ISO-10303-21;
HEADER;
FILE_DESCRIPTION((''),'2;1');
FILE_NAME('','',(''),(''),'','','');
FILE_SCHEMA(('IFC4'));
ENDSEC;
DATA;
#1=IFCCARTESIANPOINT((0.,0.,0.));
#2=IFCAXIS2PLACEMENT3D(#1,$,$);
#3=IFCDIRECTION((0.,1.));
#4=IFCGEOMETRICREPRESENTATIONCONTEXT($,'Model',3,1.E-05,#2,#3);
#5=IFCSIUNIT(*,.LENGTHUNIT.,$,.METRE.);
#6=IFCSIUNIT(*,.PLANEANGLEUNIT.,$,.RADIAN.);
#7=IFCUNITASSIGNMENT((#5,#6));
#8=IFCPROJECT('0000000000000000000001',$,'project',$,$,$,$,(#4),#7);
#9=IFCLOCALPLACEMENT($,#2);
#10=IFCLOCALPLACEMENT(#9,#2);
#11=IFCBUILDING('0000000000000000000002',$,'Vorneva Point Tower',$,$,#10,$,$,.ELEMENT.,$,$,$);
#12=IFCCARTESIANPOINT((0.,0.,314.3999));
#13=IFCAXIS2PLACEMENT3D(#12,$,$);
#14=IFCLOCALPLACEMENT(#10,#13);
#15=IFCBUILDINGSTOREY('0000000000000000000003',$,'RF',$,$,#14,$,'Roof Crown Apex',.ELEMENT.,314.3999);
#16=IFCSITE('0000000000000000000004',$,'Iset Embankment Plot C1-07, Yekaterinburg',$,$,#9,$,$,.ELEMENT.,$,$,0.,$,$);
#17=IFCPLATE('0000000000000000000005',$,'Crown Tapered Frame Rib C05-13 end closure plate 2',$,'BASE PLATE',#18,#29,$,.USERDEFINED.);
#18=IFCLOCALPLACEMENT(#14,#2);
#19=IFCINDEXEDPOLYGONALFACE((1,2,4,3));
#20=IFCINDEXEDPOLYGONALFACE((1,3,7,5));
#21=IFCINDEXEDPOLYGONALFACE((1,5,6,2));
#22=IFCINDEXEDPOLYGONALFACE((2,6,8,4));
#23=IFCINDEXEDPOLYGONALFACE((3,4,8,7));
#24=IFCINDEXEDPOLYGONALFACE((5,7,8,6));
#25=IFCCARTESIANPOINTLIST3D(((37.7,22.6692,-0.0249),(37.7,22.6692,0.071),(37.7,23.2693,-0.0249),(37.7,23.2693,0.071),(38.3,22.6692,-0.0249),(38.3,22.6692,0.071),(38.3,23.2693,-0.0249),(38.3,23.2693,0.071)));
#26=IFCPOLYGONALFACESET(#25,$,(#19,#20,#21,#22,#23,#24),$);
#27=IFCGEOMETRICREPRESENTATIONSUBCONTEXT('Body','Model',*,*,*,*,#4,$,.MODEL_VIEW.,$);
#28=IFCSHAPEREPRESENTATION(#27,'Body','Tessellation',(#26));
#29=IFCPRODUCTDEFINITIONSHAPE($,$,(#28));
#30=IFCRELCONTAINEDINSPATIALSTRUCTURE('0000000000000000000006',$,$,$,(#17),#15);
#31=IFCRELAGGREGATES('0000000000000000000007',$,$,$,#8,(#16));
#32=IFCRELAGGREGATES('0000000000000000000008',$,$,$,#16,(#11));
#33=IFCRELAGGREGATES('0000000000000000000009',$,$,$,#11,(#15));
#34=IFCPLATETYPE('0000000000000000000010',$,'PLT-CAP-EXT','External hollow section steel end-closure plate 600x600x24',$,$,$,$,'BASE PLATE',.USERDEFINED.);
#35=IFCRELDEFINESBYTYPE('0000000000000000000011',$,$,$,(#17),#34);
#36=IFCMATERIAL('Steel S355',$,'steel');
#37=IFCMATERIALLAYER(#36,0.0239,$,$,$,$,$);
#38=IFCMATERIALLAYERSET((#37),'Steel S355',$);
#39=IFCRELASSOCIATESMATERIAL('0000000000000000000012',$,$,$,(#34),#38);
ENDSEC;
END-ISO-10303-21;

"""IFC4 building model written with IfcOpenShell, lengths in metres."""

from ifc_helpers import new_model, si_unit, direction, frame, origin, origin_2d, place, context, subcontext, project, spatial, rectangle, extrude, material, layer, layer_set, type_object, element, save


model = new_model("IFC4")

# Units and contexts
model_context = context("Model", 3, precision=1e-05, world=origin(), true_north=direction((0.0, 1.0)))
body_context = subcontext(model_context, "Body", "Model", "MODEL_VIEW")
ifc_project = project(units=[si_unit("LENGTHUNIT", "METRE"), si_unit("PLANEANGLEUNIT", "RADIAN")], contexts=[model_context])

# Site, building, storey
site_placement = place(None, origin())
site = spatial("IfcSite", under=ifc_project, at=site_placement, Name="Iset Embankment Plot C1-07, Yekaterinburg", CompositionType="ELEMENT", RefElevation=0.0)
building_placement = place(site_placement, origin())
building = spatial("IfcBuilding", under=site, at=building_placement, Name="Vorneva Point Tower", CompositionType="ELEMENT")
storey_placement = place(building_placement, frame((0.0, 0.0, 314.3999)))
storey = spatial("IfcBuildingStorey", under=building, at=storey_placement, Name="RF", LongName="Roof Crown Apex", CompositionType="ELEMENT", Elevation=314.3999)

# Shared definitions
ifc_material_1 = material(Name="Steel S355", Category="steel")

# Plate
ifc_layer_1 = layer(ifc_material_1, 0.0239)
ifc_layer_set_1 = layer_set([ifc_layer_1], Name="Steel S355")
plate_type_1 = type_object("IfcPlateType", Name="PLT-CAP-EXT", Description="External hollow section steel end-closure plate 600x600x24", ElementType="BASE PLATE", PredefinedType="USERDEFINED", material=ifc_layer_set_1)
for number, where, z_axis, x_axis, name in (
    (1, (38.0, 22.9692, -0.0249), (0.0, 0.0, 1.0), (0.0, 1.0, 0.0), "Crown Tapered Frame Rib C05-13 end closure plate 2"),
):
    element("IfcPlate", number, at=place(storey_placement, frame(where, z_axis=z_axis, x_axis=x_axis)), inside=storey, type_object=plate_type_1, Name=name, ObjectType="BASE PLATE", PredefinedType="USERDEFINED", context=body_context, shape_type="SweptSolid", body=[
        extrude(rectangle(XDim=0.6001, YDim=0.6001, at=origin_2d()), origin(), (0.0, 0.0, 1.0), 0.0959),
    ])

save(model, "model.ifc")
